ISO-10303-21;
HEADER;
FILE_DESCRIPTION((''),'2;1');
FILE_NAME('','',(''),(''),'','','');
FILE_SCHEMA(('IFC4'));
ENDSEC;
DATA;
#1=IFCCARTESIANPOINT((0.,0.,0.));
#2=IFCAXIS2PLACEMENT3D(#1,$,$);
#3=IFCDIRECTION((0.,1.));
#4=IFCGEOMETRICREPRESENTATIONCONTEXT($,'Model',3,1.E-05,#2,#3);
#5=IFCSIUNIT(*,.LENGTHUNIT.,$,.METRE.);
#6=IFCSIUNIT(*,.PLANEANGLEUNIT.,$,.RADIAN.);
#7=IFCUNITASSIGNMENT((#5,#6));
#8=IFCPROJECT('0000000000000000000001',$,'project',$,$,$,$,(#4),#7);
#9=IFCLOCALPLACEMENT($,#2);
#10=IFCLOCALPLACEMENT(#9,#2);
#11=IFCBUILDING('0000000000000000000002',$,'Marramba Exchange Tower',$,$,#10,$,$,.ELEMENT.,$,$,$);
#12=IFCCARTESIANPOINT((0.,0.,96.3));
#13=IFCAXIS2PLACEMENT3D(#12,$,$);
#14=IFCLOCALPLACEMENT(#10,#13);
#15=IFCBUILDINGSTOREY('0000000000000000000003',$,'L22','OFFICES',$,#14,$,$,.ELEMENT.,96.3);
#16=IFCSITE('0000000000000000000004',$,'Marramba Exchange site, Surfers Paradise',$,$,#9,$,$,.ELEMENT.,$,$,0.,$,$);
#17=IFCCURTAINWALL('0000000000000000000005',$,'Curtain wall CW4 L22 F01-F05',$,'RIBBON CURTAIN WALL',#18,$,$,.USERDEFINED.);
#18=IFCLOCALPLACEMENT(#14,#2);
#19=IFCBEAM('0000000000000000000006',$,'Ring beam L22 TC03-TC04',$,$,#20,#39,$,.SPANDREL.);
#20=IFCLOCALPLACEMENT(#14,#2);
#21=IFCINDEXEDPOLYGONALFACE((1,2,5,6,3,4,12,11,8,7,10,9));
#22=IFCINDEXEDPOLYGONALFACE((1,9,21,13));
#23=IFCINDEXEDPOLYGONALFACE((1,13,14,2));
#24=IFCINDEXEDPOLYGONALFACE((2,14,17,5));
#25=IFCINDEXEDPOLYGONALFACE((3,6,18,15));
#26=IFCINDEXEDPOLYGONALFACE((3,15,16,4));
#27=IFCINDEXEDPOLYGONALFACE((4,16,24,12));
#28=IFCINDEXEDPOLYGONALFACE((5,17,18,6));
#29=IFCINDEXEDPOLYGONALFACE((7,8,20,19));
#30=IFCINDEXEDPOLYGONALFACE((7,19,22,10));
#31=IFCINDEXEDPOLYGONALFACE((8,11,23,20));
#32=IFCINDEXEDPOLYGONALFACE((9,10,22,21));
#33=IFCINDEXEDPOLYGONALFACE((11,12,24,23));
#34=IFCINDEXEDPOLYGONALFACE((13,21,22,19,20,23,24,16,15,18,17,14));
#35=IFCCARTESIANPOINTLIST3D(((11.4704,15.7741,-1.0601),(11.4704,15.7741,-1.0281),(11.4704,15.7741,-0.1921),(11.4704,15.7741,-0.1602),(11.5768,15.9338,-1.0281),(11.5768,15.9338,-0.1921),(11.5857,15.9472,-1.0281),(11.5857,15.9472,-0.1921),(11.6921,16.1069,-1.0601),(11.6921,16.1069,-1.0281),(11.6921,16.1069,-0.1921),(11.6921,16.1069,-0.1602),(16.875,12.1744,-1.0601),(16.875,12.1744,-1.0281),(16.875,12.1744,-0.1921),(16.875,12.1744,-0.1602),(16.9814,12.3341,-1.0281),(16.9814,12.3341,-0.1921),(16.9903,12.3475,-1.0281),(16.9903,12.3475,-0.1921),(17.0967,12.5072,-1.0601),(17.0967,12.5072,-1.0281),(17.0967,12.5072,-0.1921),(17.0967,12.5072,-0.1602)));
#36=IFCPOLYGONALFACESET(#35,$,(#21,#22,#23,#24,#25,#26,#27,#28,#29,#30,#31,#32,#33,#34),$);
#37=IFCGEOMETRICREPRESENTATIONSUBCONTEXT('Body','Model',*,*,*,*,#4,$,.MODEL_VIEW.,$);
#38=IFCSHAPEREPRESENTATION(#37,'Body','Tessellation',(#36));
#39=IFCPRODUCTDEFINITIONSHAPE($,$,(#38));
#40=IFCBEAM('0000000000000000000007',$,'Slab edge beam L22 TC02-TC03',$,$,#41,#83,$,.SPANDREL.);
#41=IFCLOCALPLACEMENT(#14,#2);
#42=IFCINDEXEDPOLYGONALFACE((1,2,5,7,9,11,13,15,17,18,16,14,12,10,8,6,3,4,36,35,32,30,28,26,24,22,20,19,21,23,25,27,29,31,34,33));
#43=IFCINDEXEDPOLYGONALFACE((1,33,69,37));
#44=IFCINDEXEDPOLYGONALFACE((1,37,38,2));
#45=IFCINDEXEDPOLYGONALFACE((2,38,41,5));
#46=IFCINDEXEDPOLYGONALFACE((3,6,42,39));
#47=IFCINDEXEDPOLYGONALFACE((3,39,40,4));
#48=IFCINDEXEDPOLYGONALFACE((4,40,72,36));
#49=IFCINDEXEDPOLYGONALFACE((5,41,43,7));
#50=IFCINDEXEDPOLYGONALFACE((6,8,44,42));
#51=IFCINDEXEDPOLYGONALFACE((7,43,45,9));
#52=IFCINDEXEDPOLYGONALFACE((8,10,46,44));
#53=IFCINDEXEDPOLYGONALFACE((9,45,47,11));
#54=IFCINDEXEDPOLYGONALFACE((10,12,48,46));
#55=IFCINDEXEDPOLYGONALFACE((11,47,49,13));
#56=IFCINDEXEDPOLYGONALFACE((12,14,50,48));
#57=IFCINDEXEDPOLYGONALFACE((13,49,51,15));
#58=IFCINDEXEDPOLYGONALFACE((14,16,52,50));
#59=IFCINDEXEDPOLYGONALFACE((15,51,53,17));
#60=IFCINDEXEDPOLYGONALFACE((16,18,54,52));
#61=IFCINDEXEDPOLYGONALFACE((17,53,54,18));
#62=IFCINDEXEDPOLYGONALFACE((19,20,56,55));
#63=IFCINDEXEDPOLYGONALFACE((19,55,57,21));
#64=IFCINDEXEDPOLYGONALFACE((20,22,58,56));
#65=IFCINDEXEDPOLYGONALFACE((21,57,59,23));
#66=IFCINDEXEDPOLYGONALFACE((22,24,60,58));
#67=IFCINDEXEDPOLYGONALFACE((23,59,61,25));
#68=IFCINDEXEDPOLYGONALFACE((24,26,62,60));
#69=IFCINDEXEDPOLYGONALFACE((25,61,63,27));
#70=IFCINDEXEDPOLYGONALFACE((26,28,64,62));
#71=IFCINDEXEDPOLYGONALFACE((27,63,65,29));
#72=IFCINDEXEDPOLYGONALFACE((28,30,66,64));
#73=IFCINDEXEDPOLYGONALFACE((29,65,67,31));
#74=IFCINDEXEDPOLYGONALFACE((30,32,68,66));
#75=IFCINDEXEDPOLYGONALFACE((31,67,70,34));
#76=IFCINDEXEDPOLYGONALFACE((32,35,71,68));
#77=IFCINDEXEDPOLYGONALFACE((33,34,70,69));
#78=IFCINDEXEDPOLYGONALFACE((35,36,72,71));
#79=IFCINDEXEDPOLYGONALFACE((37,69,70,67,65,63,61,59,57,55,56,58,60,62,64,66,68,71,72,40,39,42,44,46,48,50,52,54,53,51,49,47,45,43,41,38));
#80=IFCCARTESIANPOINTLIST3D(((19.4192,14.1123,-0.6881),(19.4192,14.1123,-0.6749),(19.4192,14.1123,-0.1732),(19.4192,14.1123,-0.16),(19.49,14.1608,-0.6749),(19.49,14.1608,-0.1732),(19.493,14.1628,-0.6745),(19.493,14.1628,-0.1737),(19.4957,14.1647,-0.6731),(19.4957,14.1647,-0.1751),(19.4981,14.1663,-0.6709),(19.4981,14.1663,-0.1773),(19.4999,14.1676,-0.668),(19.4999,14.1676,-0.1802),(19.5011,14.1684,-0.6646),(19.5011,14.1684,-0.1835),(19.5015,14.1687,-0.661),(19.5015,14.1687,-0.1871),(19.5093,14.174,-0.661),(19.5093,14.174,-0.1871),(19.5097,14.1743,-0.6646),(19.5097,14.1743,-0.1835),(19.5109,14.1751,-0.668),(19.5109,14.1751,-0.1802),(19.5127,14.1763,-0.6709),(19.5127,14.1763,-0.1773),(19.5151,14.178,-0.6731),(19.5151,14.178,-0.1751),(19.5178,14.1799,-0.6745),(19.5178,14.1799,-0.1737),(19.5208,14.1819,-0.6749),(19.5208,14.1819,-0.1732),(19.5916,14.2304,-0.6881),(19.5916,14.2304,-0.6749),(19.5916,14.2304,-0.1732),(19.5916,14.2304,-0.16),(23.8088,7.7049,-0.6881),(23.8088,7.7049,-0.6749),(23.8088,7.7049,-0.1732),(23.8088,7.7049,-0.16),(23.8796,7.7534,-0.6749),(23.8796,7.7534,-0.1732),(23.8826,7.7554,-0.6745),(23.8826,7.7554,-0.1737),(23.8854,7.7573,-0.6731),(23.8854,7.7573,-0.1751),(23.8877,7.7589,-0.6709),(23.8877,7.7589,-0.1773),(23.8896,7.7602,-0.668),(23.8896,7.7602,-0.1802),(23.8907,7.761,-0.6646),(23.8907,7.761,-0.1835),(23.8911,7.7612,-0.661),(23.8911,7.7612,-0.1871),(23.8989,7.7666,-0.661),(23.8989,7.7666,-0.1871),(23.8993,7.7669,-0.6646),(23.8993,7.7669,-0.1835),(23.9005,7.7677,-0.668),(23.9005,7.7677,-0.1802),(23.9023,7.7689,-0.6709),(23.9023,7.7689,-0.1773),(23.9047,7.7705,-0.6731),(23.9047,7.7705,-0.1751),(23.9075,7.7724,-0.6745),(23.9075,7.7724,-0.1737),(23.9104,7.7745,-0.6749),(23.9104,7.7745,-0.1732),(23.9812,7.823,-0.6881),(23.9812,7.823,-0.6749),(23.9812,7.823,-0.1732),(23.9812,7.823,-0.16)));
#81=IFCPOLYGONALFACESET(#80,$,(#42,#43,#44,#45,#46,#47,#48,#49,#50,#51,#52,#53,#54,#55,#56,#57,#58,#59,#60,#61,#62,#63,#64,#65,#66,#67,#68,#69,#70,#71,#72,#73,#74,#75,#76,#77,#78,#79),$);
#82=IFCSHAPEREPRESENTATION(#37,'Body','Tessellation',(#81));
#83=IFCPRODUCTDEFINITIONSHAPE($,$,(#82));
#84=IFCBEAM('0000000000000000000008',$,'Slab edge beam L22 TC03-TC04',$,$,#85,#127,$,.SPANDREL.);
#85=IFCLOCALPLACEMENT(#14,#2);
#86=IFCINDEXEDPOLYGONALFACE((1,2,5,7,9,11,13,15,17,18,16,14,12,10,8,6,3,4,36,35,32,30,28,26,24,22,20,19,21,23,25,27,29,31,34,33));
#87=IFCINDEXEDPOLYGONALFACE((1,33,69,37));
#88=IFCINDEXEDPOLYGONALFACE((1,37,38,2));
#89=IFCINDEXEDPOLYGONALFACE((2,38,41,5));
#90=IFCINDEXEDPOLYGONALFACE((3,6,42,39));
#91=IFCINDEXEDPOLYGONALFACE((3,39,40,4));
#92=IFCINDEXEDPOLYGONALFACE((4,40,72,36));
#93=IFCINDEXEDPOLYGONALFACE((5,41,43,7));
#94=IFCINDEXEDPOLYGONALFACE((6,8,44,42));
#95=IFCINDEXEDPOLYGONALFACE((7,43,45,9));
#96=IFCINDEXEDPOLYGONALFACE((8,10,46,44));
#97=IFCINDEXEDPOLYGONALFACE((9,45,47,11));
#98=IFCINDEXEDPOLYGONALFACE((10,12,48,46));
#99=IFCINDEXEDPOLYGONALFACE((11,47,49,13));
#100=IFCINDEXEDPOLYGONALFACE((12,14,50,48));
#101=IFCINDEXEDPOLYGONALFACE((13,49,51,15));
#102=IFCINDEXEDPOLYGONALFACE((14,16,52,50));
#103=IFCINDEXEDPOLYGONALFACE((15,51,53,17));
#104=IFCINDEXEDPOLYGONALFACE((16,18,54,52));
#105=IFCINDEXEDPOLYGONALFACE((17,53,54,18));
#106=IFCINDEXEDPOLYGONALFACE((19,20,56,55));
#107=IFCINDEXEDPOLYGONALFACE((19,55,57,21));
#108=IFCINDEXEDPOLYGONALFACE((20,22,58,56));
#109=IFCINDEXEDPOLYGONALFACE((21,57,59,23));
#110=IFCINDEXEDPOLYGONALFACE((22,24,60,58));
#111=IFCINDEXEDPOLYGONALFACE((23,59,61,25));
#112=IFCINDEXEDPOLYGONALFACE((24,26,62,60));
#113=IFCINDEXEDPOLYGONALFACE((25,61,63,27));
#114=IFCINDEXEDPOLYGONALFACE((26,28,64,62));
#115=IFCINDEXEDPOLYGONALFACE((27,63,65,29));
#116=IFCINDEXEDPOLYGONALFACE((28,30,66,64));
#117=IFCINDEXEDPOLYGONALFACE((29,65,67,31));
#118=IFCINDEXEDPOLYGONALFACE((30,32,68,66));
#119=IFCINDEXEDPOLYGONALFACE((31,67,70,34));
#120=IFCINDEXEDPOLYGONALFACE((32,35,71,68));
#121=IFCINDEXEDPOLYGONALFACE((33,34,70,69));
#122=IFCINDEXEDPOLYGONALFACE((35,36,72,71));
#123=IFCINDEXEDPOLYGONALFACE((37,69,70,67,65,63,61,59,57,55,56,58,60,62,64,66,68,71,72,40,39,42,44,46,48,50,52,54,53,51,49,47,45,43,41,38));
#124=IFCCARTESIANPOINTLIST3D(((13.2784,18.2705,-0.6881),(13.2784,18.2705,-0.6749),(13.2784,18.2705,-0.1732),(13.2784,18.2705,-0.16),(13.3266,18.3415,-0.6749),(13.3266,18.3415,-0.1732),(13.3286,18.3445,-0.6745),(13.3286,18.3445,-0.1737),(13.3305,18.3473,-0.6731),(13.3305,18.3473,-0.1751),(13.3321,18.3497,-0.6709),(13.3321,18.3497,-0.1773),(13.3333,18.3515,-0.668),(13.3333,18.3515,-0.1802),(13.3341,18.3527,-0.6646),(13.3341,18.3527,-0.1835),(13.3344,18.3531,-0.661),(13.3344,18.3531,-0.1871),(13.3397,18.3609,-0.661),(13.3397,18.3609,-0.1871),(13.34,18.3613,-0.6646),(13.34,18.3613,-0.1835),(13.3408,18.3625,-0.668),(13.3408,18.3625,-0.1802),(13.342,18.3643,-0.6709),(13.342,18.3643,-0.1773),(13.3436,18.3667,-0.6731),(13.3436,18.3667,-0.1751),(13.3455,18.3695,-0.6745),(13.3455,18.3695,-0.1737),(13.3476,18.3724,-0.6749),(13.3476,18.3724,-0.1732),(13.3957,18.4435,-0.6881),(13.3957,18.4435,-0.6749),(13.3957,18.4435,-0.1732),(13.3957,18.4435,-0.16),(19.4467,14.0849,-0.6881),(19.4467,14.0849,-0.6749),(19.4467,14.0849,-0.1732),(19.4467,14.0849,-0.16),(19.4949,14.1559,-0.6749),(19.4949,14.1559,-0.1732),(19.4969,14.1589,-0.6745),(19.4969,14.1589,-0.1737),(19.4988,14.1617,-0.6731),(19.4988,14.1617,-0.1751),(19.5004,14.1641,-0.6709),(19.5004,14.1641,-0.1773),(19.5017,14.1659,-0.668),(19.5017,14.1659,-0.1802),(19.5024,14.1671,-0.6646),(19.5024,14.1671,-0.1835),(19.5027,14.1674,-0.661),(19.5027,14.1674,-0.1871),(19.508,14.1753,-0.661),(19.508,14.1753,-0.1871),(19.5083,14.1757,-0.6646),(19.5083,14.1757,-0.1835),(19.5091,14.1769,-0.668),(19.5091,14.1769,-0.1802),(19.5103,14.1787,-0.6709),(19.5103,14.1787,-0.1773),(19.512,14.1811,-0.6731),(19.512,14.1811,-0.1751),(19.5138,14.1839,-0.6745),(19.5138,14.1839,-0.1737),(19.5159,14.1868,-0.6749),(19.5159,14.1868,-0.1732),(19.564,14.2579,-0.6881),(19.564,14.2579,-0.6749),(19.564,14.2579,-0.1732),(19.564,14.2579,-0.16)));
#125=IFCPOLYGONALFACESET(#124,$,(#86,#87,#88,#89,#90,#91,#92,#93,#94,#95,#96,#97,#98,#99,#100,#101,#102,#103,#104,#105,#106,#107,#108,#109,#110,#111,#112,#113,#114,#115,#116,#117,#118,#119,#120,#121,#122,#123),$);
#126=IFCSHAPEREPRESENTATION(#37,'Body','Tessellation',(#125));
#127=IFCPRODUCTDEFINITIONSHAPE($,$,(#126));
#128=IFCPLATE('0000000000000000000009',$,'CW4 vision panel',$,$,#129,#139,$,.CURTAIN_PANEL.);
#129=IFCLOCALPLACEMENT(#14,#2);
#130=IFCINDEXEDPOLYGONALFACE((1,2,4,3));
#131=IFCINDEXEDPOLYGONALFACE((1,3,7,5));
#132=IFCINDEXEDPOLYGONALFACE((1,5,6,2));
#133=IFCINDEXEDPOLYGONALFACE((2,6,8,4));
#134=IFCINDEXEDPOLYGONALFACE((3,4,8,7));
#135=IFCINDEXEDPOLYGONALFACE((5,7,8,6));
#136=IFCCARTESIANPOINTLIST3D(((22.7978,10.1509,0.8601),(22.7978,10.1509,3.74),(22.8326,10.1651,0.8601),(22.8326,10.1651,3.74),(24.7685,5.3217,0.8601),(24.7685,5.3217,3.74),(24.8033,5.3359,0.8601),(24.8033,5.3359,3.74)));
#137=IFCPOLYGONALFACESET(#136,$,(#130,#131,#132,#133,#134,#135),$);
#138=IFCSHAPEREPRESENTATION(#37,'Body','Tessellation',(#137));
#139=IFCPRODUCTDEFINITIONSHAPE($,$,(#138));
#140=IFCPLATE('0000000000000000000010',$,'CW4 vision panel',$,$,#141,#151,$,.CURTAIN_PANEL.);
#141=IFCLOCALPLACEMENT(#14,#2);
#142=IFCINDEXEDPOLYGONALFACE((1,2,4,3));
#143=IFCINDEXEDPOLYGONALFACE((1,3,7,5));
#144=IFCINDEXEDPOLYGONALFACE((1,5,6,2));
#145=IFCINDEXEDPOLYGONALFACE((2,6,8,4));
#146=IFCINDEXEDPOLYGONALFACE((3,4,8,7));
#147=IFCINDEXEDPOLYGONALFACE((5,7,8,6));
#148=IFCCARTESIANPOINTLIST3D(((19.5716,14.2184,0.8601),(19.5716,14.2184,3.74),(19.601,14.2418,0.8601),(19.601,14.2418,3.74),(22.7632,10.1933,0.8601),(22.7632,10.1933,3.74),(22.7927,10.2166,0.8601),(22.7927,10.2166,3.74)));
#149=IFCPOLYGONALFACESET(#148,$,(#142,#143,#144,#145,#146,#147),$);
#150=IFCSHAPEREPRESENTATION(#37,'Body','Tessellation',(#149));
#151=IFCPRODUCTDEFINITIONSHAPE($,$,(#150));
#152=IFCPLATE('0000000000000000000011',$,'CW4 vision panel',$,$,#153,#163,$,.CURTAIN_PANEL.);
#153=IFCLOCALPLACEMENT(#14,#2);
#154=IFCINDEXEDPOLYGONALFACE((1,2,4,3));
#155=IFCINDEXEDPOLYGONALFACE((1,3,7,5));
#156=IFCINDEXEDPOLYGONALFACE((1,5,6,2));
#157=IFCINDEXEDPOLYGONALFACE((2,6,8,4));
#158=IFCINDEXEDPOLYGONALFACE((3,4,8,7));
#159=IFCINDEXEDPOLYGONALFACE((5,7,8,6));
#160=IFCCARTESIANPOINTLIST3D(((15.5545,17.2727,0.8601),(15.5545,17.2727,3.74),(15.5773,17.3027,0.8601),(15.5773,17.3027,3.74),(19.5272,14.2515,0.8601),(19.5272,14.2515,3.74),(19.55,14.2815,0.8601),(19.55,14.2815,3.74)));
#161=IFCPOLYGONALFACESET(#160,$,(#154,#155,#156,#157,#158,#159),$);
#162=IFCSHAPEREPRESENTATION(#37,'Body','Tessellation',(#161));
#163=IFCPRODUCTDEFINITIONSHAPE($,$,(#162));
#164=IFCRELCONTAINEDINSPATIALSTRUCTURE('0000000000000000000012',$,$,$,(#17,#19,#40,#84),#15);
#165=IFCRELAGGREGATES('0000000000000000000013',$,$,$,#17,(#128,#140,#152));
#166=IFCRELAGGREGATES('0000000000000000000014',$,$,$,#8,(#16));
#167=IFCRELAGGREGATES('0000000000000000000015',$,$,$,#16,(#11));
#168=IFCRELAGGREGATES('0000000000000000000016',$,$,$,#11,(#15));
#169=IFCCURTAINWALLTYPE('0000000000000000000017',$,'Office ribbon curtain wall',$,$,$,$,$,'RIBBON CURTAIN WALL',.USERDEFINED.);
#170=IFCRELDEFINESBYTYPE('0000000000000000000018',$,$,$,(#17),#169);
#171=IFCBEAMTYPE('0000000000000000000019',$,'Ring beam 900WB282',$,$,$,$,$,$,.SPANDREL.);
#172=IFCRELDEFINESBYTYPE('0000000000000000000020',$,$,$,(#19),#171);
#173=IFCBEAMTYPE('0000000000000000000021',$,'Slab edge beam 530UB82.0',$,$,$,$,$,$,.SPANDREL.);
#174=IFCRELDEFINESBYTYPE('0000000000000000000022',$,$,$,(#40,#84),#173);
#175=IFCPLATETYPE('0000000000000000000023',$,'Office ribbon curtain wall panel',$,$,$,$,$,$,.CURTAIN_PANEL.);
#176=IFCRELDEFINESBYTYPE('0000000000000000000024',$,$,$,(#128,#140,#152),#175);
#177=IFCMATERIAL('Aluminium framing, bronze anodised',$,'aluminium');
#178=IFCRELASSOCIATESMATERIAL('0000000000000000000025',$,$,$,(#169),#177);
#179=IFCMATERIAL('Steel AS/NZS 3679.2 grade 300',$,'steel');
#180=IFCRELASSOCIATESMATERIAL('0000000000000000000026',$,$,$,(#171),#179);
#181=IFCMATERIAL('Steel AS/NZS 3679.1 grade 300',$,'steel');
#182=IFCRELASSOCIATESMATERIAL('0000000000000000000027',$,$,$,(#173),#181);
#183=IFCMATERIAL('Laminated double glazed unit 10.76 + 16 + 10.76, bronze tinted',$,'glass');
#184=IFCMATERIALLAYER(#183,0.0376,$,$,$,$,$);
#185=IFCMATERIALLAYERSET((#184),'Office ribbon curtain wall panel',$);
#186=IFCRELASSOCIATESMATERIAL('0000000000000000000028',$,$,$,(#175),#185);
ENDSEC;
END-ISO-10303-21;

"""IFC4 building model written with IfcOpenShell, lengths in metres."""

from ifc_helpers import new_model, si_unit, direction, frame, origin, origin_2d, place, context, subcontext, project, spatial, rectangle, i_section, extrude, material, layer, layer_set, material_profile, profile_set, type_object, element, aggregate, save


model = new_model("IFC4")

# Units and contexts
model_context = context("Model", 3, precision=1e-05, world=origin(), true_north=direction((0.0, 1.0)))
body_context = subcontext(model_context, "Body", "Model", "MODEL_VIEW")
ifc_project = project(units=[si_unit("LENGTHUNIT", "METRE"), si_unit("PLANEANGLEUNIT", "RADIAN")], contexts=[model_context])

# Site, building, storey
site_placement = place(None, origin())
site = spatial("IfcSite", under=ifc_project, at=site_placement, Name="Marramba Exchange site, Surfers Paradise", CompositionType="ELEMENT", RefElevation=0.0)
building_placement = place(site_placement, origin())
building = spatial("IfcBuilding", under=site, at=building_placement, Name="Marramba Exchange Tower", CompositionType="ELEMENT")
storey_placement = place(building_placement, frame((0.0, 0.0, 96.3)))
storey = spatial("IfcBuildingStorey", under=building, at=storey_placement, Name="L22", Description="OFFICES", CompositionType="ELEMENT", Elevation=96.3)

# Shared definitions
ifc_material_1 = material(Name="Steel AS/NZS 3679.2 grade 300", Category="steel")
ifc_material_2 = material(Name="Steel AS/NZS 3679.1 grade 300", Category="steel")

# Curtain wall
ifc_material_3 = material(Name="Aluminium framing, bronze anodised", Category="aluminium")
curtain_wall_type = type_object("IfcCurtainWallType", Name="Office ribbon curtain wall", ElementType="RIBBON CURTAIN WALL", PredefinedType="USERDEFINED", material=ifc_material_3)
curtain_wall_placement = place(storey_placement, origin())
curtain_wall = element("IfcCurtainWall", 1, at=curtain_wall_placement, inside=storey, type_object=curtain_wall_type, Name="Curtain wall CW4 L22 F01-F05", ObjectType="RIBBON CURTAIN WALL", PredefinedType="USERDEFINED")

# Beams
ifc_material_profile_1 = material_profile(ifc_material_1, i_section(OverallWidth=0.3999, OverallDepth=0.8999, WebThickness=0.0161, FlangeThickness=0.032, at=origin_2d()), Name="900WB282")
ifc_profile_set_1 = profile_set([ifc_material_profile_1], Name="Steel AS/NZS 3679.2 grade 300")
beam_type_1 = type_object("IfcBeamType", Name="Ring beam 900WB282", PredefinedType="SPANDREL", material=ifc_profile_set_1)
beam_1_placement = place(storey_placement, frame((16.9858, 12.3408, -0.6101), z_axis=(-0.832293, 0.554336, 0.0), x_axis=(-0.554336, -0.832293, 0.0)))
element("IfcBeam", 2, at=beam_1_placement, inside=storey, type_object=beam_type_1, Name="Ring beam L22 TC03-TC04", PredefinedType="SPANDREL", context=body_context, shape_type="SweptSolid", body=[
    extrude(i_section(OverallWidth=0.3999, OverallDepth=0.8999, WebThickness=0.0161, FlangeThickness=0.032, at=origin_2d()), origin(), (0.0, 0.0, 1.0), 6.4937),
])
ifc_material_profile_2 = material_profile(ifc_material_2, i_section(OverallWidth=0.209, OverallDepth=0.5281, WebThickness=0.0095, FlangeThickness=0.0132, FilletRadius=0.0139, at=origin_2d()), Name="530UB82.0")
ifc_profile_set_2 = profile_set([ifc_material_profile_2], Name="Steel AS/NZS 3679.1 grade 300")
beam_type_2 = type_object("IfcBeamType", Name="Slab edge beam 530UB82.0", PredefinedType="SPANDREL", material=ifc_profile_set_2)
beam_2_placement = place(storey_placement, frame((23.895, 7.7639, -0.4241), z_axis=(-0.565174, 0.824972, 0.0), x_axis=(-0.824972, -0.565174, 0.0)))
element("IfcBeam", 3, at=beam_2_placement, inside=storey, type_object=beam_type_2, Name="Slab edge beam L22 TC02-TC03", PredefinedType="SPANDREL", context=body_context, shape_type="SweptSolid", body=[
    extrude(i_section(OverallWidth=0.209, OverallDepth=0.5281, WebThickness=0.0095, FlangeThickness=0.0132, FilletRadius=0.0139, at=origin_2d()), origin(), (0.0, 0.0, 1.0), 7.7668),
])
beam_3_placement = place(storey_placement, frame((19.5054, 14.1714, -0.4241), z_axis=(-0.827477, 0.561499, 0.0), x_axis=(-0.561499, -0.827477, 0.0)))
element("IfcBeam", 4, at=beam_3_placement, inside=storey, type_object=beam_type_2, Name="Slab edge beam L22 TC03-TC04", PredefinedType="SPANDREL", context=body_context, shape_type="SweptSolid", body=[
    extrude(i_section(OverallWidth=0.209, OverallDepth=0.5281, WebThickness=0.0095, FlangeThickness=0.0132, FilletRadius=0.0139, at=origin_2d()), origin(), (0.0, 0.0, 1.0), 7.4543),
])

# Plates
ifc_material_4 = material(Name="Laminated double glazed unit 10.76 + 16 + 10.76, bronze tinted", Category="glass")
ifc_layer_1 = layer(ifc_material_4, 0.0376)
ifc_layer_set_1 = layer_set([ifc_layer_1], Name="Office ribbon curtain wall panel")
plate_type = type_object("IfcPlateType", Name="Office ribbon curtain wall panel", PredefinedType="CURTAIN_PANEL", material=ifc_layer_set_1)
plate_1_placement = place(storey_placement, frame((23.8005, 7.7434, 0.8601), z_axis=(0.0, 0.0, 1.0), x_axis=(-0.377821, 0.925879, 0.0)))
plate_1 = element("IfcPlate", 5, at=plate_1_placement, type_object=plate_type, Name="CW4 vision panel", PredefinedType="CURTAIN_PANEL", context=body_context, shape_type="SweptSolid", body=[
    extrude(rectangle(XDim=5.2158, YDim=0.0376, at=origin_2d()), origin(), (0.0, 0.0, 1.0), 2.8799),
])
plate_2_placement = place(storey_placement, frame((21.1821, 12.2175, 0.8601), z_axis=(0.0, 0.0, 1.0), x_axis=(-0.621312, 0.783563, 0.0)))
plate_2 = element("IfcPlate", 6, at=plate_2_placement, type_object=plate_type, Name="CW4 vision panel", PredefinedType="CURTAIN_PANEL", context=body_context, shape_type="SweptSolid", body=[
    extrude(rectangle(XDim=5.137, YDim=0.0376, at=origin_2d()), origin(), (0.0, 0.0, 1.0), 2.8799),
])
plate_3_placement = place(storey_placement, frame((17.5522, 15.7771, 0.8601), z_axis=(0.0, 0.0, 1.0), x_axis=(-0.795972, 0.605334, 0.0)))
plate_3 = element("IfcPlate", 7, at=plate_3_placement, type_object=plate_type, Name="CW4 vision panel", PredefinedType="CURTAIN_PANEL", context=body_context, shape_type="SweptSolid", body=[
    extrude(rectangle(XDim=4.991, YDim=0.0376, at=origin_2d()), origin(), (0.0, 0.0, 1.0), 2.8799),
])
aggregate(curtain_wall, [plate_1, plate_2, plate_3])

save(model, "model.ifc")
